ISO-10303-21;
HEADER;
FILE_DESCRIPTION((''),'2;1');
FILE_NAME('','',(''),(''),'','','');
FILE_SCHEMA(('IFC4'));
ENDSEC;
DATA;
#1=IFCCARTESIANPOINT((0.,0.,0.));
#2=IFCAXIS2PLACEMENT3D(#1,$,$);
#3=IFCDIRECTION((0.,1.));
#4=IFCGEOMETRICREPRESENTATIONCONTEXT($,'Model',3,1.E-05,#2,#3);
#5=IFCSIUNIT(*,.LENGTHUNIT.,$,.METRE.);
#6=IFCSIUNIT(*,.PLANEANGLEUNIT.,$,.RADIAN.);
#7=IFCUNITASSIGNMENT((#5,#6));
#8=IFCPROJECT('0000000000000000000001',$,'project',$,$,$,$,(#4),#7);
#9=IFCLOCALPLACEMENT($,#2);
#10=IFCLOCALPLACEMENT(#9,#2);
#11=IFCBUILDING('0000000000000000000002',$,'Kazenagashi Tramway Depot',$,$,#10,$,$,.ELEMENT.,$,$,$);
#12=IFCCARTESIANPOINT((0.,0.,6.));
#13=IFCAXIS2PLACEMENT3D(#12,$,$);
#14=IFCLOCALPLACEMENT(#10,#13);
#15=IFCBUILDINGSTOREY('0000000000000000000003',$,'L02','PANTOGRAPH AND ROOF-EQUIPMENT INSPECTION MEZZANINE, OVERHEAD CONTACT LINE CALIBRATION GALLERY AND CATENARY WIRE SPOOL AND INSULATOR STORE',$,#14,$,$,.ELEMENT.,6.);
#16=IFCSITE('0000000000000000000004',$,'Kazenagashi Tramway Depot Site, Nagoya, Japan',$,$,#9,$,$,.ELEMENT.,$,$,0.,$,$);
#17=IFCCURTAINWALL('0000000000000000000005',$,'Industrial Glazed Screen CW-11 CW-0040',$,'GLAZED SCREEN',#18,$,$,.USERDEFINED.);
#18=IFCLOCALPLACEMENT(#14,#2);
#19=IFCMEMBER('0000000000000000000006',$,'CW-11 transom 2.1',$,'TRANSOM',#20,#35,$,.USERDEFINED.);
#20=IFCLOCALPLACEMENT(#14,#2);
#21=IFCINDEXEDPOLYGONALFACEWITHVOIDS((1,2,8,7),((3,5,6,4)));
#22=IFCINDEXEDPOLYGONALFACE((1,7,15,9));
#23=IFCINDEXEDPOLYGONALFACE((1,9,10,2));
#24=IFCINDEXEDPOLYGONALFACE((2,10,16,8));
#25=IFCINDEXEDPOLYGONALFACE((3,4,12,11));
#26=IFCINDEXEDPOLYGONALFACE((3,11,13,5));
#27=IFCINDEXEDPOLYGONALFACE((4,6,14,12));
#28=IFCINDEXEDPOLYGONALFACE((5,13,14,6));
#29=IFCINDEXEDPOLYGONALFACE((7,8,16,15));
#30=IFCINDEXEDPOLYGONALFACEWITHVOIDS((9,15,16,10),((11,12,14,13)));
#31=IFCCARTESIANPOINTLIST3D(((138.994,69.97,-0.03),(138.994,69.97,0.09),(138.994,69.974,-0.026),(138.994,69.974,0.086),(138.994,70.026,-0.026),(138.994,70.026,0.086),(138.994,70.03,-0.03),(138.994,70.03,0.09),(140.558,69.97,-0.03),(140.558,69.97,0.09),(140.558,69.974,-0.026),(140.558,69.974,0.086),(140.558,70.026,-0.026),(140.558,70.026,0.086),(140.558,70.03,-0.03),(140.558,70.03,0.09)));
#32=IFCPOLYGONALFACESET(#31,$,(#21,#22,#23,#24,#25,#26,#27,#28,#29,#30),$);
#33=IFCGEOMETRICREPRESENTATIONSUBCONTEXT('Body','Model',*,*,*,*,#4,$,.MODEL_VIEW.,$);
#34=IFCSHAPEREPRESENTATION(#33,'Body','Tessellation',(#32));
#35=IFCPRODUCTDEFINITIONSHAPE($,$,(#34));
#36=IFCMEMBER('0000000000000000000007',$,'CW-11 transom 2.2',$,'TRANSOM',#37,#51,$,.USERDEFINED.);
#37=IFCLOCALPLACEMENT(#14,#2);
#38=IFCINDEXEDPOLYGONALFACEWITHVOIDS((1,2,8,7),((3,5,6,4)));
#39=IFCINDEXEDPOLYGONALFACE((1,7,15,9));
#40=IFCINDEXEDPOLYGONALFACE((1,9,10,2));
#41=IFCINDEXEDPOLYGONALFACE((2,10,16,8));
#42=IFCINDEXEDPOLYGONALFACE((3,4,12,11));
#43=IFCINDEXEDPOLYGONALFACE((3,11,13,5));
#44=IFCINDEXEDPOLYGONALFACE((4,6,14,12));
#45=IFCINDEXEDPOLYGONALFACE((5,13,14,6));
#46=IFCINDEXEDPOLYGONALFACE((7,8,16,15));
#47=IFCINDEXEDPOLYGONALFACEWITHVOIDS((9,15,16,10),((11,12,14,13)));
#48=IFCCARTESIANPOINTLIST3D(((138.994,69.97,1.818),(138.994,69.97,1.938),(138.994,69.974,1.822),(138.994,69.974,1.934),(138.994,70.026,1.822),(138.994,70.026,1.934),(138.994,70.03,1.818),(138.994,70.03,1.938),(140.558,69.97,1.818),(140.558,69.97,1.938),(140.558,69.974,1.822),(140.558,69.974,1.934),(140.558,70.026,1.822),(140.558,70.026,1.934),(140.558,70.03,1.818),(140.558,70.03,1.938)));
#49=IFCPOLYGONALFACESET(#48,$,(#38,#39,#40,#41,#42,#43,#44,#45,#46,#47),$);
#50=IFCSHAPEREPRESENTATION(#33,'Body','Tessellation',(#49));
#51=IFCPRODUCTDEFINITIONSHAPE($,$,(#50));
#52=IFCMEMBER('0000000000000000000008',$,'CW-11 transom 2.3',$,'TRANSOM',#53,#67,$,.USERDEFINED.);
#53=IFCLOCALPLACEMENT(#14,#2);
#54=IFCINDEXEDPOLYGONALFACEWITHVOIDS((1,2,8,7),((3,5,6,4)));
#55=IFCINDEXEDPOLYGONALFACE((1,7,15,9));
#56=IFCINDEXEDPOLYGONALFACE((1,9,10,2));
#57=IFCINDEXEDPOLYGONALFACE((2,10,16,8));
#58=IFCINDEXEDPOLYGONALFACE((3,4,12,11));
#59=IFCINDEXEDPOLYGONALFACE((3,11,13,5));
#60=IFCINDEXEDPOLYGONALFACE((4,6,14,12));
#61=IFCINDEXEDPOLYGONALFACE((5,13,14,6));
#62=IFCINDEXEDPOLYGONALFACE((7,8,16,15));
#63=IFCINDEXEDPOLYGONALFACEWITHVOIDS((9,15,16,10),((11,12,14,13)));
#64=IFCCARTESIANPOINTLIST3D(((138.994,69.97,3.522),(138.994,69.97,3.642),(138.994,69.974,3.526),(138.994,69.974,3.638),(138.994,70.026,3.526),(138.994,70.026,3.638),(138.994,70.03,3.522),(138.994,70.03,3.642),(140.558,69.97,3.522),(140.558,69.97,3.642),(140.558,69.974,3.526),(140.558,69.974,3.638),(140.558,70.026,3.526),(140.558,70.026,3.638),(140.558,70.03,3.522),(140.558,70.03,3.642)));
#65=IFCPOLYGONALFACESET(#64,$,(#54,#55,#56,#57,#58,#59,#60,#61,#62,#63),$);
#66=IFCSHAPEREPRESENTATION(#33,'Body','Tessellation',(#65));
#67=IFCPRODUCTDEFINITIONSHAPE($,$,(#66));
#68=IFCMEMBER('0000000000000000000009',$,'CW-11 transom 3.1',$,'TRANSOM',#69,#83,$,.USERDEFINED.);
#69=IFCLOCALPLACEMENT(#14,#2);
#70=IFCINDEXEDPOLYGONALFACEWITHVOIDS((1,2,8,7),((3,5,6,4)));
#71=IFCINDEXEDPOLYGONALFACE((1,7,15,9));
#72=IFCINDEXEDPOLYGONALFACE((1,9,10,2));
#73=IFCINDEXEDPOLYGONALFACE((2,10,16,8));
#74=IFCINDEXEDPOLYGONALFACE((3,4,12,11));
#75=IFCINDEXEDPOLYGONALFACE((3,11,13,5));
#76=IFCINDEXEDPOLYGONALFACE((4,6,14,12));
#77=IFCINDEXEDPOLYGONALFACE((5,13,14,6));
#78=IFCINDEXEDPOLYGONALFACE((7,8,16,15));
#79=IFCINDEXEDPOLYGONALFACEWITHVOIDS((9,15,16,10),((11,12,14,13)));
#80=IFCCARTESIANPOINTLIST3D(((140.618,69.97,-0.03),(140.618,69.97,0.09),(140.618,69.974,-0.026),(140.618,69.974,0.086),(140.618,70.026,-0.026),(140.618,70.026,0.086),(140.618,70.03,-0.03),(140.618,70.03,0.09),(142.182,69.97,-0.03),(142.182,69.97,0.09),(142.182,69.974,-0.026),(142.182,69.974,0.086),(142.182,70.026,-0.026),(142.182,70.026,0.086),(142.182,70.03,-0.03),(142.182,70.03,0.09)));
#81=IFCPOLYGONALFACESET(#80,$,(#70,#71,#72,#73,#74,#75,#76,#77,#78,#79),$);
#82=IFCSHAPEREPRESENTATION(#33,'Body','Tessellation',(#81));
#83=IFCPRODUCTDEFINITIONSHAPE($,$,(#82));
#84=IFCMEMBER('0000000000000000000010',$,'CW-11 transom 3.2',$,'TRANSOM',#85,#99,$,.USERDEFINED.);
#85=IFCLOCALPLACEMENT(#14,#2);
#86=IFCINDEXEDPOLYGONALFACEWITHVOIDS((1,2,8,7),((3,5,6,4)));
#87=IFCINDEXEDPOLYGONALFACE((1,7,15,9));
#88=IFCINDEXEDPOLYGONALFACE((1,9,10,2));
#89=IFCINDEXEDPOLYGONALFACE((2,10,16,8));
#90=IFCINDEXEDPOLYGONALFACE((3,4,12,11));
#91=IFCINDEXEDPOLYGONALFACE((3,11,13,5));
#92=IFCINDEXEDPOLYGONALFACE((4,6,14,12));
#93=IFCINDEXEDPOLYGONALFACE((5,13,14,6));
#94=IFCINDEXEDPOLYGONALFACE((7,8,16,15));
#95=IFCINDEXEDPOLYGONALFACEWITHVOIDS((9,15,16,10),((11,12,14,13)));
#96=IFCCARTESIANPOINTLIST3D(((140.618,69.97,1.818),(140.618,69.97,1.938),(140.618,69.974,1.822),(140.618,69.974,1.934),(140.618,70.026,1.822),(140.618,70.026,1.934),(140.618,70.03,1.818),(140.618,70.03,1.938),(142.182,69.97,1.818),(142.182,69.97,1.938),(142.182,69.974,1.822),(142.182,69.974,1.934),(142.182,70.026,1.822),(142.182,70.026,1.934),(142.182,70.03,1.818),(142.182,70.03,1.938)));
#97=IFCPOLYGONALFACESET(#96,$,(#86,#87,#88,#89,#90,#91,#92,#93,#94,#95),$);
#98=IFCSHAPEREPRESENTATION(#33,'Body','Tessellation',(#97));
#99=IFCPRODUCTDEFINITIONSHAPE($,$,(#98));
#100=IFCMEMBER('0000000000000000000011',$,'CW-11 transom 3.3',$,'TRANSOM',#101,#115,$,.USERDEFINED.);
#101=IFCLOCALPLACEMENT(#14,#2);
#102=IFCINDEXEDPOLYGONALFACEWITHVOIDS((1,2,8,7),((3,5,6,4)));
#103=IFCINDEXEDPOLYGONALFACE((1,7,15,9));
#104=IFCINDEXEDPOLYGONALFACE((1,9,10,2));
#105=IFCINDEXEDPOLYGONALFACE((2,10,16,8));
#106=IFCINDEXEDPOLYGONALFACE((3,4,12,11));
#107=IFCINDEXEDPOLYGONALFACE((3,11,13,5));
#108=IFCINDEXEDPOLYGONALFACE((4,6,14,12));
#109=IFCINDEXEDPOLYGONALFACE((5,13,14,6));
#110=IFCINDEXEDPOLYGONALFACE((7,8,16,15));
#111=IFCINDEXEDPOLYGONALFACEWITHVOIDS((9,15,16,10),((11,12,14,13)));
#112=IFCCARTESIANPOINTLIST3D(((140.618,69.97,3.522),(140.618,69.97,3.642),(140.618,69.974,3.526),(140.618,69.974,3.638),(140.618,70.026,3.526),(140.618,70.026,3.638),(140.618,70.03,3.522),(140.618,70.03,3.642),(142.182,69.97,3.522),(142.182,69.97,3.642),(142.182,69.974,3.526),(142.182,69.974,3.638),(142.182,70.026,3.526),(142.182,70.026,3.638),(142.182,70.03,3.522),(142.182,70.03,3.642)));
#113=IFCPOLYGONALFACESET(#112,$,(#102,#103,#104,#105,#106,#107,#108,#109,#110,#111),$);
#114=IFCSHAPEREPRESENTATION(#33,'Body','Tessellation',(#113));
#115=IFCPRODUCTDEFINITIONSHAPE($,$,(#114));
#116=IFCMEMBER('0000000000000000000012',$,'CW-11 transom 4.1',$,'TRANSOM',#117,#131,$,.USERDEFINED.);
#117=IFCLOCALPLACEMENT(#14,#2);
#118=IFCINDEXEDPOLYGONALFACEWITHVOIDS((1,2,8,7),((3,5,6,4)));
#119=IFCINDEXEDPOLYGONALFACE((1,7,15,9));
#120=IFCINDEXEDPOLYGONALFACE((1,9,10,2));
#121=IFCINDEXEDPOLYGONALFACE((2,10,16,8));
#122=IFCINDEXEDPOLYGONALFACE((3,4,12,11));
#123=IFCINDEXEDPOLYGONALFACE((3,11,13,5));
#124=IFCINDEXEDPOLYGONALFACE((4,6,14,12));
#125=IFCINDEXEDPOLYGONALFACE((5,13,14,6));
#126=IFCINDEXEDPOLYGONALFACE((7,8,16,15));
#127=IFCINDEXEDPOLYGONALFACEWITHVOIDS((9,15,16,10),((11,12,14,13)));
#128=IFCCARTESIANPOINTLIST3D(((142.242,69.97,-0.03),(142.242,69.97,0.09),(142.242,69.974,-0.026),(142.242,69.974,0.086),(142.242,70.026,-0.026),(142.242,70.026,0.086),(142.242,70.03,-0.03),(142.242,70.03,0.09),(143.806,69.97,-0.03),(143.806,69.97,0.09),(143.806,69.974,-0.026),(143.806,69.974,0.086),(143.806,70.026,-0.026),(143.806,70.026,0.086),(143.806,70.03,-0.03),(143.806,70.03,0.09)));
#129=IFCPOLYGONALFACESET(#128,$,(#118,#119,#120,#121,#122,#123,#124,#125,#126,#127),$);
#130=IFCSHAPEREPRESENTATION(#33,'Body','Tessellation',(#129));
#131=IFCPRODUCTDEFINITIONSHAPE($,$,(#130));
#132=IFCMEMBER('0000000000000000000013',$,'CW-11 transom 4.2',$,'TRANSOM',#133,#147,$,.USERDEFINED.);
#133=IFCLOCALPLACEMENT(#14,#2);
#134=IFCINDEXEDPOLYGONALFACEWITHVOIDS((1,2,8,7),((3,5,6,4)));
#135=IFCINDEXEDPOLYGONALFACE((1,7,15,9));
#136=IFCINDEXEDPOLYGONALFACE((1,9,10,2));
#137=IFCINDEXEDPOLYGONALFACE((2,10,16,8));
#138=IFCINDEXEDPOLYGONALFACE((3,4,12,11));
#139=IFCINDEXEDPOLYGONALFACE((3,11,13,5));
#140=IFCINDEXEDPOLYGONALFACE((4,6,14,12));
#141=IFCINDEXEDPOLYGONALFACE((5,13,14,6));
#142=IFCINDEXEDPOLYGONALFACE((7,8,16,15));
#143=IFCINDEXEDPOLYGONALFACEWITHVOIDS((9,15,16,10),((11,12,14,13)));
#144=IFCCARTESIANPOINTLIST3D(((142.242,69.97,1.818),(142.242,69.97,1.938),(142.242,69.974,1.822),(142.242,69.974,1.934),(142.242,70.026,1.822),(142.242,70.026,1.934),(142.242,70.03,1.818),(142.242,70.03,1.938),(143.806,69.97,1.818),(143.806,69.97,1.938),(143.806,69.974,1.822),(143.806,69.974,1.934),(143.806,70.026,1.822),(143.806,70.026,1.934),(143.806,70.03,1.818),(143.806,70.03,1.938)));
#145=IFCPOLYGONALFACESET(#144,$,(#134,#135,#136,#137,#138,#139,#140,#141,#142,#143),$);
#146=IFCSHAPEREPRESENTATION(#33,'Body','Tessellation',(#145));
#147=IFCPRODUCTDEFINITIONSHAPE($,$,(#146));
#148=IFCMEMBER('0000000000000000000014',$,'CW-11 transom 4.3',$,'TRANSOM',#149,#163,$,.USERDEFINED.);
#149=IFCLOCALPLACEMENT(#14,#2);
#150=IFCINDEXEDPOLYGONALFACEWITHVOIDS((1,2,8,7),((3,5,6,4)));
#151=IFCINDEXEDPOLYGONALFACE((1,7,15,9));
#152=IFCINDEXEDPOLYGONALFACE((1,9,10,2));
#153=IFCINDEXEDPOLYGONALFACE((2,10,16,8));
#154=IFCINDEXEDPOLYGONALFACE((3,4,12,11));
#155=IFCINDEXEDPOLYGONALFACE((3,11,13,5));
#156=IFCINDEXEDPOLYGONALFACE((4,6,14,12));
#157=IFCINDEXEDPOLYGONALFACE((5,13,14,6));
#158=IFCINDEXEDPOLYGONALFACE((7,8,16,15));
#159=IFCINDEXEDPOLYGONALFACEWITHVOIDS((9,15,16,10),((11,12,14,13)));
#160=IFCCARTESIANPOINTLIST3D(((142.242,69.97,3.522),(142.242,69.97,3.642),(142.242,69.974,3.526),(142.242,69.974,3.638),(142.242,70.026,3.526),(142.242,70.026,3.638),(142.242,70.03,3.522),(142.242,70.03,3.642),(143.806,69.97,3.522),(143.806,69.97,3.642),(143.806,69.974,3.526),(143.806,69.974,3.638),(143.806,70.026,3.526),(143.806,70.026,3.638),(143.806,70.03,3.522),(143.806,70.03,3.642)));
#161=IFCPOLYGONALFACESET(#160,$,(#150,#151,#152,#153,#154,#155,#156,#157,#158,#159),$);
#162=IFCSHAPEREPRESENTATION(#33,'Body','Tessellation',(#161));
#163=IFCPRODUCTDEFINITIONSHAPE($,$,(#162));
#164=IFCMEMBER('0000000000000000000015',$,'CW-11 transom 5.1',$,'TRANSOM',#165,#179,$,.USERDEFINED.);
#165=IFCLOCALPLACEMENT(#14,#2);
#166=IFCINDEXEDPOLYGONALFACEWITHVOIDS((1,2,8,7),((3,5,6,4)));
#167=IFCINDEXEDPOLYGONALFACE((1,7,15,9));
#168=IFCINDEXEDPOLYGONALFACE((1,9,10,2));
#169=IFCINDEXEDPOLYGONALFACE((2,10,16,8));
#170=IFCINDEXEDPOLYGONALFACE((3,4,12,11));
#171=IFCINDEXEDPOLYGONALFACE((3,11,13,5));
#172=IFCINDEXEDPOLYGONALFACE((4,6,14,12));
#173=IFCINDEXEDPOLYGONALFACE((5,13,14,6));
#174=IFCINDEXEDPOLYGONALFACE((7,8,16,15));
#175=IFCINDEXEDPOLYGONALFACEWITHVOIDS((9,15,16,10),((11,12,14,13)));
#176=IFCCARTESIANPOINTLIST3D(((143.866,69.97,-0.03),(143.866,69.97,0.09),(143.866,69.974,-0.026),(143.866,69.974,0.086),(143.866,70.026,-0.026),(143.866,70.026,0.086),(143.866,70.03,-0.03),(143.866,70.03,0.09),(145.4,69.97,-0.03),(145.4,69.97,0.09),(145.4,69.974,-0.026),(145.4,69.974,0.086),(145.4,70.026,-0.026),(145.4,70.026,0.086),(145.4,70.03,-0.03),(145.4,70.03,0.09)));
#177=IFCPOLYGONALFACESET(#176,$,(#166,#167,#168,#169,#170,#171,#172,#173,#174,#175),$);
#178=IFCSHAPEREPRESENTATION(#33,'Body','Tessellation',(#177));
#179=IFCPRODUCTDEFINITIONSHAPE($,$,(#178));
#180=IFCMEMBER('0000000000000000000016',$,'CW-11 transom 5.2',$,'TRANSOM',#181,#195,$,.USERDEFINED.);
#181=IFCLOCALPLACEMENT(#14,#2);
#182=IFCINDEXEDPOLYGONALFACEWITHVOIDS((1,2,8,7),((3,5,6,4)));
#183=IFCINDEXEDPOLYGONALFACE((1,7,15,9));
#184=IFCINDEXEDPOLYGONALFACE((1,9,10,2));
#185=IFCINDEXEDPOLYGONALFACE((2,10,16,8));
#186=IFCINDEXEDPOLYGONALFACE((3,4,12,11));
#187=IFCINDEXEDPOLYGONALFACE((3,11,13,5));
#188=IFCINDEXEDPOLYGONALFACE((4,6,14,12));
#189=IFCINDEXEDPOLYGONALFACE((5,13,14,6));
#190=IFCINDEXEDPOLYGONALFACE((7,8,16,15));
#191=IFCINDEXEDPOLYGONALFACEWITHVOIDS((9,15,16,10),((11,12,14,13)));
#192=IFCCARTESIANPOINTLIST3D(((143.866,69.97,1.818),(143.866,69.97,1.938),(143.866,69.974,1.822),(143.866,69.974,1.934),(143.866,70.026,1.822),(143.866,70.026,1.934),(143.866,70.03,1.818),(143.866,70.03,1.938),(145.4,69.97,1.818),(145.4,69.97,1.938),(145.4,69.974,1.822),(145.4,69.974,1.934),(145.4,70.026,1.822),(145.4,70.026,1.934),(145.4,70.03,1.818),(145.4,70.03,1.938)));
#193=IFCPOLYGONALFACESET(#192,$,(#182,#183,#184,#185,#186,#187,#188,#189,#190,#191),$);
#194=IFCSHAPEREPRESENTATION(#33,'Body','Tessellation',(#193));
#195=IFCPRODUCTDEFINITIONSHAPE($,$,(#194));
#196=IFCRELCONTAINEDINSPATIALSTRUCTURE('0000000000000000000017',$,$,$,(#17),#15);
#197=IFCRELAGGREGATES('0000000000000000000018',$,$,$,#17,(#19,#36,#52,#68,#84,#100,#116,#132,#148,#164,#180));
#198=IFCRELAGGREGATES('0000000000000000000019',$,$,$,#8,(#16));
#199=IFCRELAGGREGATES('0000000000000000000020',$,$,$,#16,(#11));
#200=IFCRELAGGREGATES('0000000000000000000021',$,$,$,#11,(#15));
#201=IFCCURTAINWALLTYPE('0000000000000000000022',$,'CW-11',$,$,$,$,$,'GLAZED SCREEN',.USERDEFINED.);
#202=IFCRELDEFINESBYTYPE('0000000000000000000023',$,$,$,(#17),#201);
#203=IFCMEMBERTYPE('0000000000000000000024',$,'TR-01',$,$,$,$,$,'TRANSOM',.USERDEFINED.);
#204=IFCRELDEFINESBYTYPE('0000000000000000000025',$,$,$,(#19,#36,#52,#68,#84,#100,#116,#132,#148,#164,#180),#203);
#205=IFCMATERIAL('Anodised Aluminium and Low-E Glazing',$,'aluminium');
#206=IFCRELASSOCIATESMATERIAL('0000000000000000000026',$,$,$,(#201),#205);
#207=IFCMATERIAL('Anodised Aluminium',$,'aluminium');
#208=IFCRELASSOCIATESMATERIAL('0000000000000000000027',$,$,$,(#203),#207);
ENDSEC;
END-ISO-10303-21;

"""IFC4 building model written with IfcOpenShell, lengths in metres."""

from ifc_helpers import new_model, si_unit, direction, frame, origin, origin_2d, place, context, subcontext, project, spatial, hollow_rectangle, extrude, material, material_profile, profile_set, type_object, element, aggregate, save


model = new_model("IFC4")

# Units and contexts
model_context = context("Model", 3, precision=1e-05, world=origin(), true_north=direction((0.0, 1.0)))
body_context = subcontext(model_context, "Body", "Model", "MODEL_VIEW")
ifc_project = project(units=[si_unit("LENGTHUNIT", "METRE"), si_unit("PLANEANGLEUNIT", "RADIAN")], contexts=[model_context])

# Site, building, storey
site_placement = place(None, origin())
site = spatial("IfcSite", under=ifc_project, at=site_placement, Name="Kazenagashi Tramway Depot Site, Nagoya, Japan", CompositionType="ELEMENT", RefElevation=0.0)
building_placement = place(site_placement, origin())
building = spatial("IfcBuilding", under=site, at=building_placement, Name="Kazenagashi Tramway Depot", CompositionType="ELEMENT")
storey_placement = place(building_placement, frame((0.0, 0.0, 6.0)))
storey = spatial("IfcBuildingStorey", under=building, at=storey_placement, Name="L02", Description="PANTOGRAPH AND ROOF-EQUIPMENT INSPECTION MEZZANINE, OVERHEAD CONTACT LINE CALIBRATION GALLERY AND CATENARY WIRE SPOOL AND INSULATOR STORE", CompositionType="ELEMENT", Elevation=6.0)

# Curtain wall
ifc_material_1 = material(Name="Anodised Aluminium and Low-E Glazing", Category="aluminium")
curtain_wall_type = type_object("IfcCurtainWallType", Name="CW-11", ElementType="GLAZED SCREEN", PredefinedType="USERDEFINED", material=ifc_material_1)
curtain_wall_1_placement = place(storey_placement, origin())
curtain_wall_1 = element("IfcCurtainWall", 1, at=curtain_wall_1_placement, inside=storey, type_object=curtain_wall_type, Name="Industrial Glazed Screen CW-11 CW-0040", ObjectType="GLAZED SCREEN", PredefinedType="USERDEFINED")
ifc_material_2 = material(Name="Anodised Aluminium", Category="aluminium")

# Members
ifc_material_profile_1 = material_profile(ifc_material_2, hollow_rectangle(XDim=0.06, YDim=0.12, WallThickness=0.004, at=origin_2d()), Name="RHS-120x60x4")
ifc_profile_set_1 = profile_set([ifc_material_profile_1], Name="Anodised Aluminium")
member_type_1 = type_object("IfcMemberType", Name="TR-01", ElementType="TRANSOM", PredefinedType="USERDEFINED", material=ifc_profile_set_1)
member_1_placement = place(storey_placement, frame((138.994, 70.0, 0.03), z_axis=(1.0, 0.0, 0.0), x_axis=(0.0, 1.0, 0.0)))
member_1 = element("IfcMember", 2, at=member_1_placement, type_object=member_type_1, Name="CW-11 transom 2.1", ObjectType="TRANSOM", PredefinedType="USERDEFINED", context=body_context, shape_type="SweptSolid", body=[
    extrude(hollow_rectangle(XDim=0.06, YDim=0.12, WallThickness=0.004, at=origin_2d()), origin(), (0.0, 0.0, 1.0), 1.564),
])
member_2_placement = place(storey_placement, frame((138.994, 70.0, 1.878), z_axis=(1.0, 0.0, 0.0), x_axis=(0.0, 1.0, 0.0)))
member_2 = element("IfcMember", 3, at=member_2_placement, type_object=member_type_1, Name="CW-11 transom 2.2", ObjectType="TRANSOM", PredefinedType="USERDEFINED", context=body_context, shape_type="SweptSolid", body=[
    extrude(hollow_rectangle(XDim=0.06, YDim=0.12, WallThickness=0.004, at=origin_2d()), origin(), (0.0, 0.0, 1.0), 1.564),
])
member_3_placement = place(storey_placement, frame((138.994, 70.0, 3.582), z_axis=(1.0, 0.0, 0.0), x_axis=(0.0, 1.0, 0.0)))
member_3 = element("IfcMember", 4, at=member_3_placement, type_object=member_type_1, Name="CW-11 transom 2.3", ObjectType="TRANSOM", PredefinedType="USERDEFINED", context=body_context, shape_type="SweptSolid", body=[
    extrude(hollow_rectangle(XDim=0.06, YDim=0.12, WallThickness=0.004, at=origin_2d()), origin(), (0.0, 0.0, 1.0), 1.564),
])
member_4_placement = place(storey_placement, frame((140.618, 70.0, 0.03), z_axis=(1.0, 0.0, 0.0), x_axis=(0.0, 1.0, 0.0)))
member_4 = element("IfcMember", 5, at=member_4_placement, type_object=member_type_1, Name="CW-11 transom 3.1", ObjectType="TRANSOM", PredefinedType="USERDEFINED", context=body_context, shape_type="SweptSolid", body=[
    extrude(hollow_rectangle(XDim=0.06, YDim=0.12, WallThickness=0.004, at=origin_2d()), origin(), (0.0, 0.0, 1.0), 1.564),
])
member_5_placement = place(storey_placement, frame((140.618, 70.0, 1.878), z_axis=(1.0, 0.0, 0.0), x_axis=(0.0, 1.0, 0.0)))
member_5 = element("IfcMember", 6, at=member_5_placement, type_object=member_type_1, Name="CW-11 transom 3.2", ObjectType="TRANSOM", PredefinedType="USERDEFINED", context=body_context, shape_type="SweptSolid", body=[
    extrude(hollow_rectangle(XDim=0.06, YDim=0.12, WallThickness=0.004, at=origin_2d()), origin(), (0.0, 0.0, 1.0), 1.564),
])
member_6_placement = place(storey_placement, frame((140.618, 70.0, 3.582), z_axis=(1.0, 0.0, 0.0), x_axis=(0.0, 1.0, 0.0)))
member_6 = element("IfcMember", 7, at=member_6_placement, type_object=member_type_1, Name="CW-11 transom 3.3", ObjectType="TRANSOM", PredefinedType="USERDEFINED", context=body_context, shape_type="SweptSolid", body=[
    extrude(hollow_rectangle(XDim=0.06, YDim=0.12, WallThickness=0.004, at=origin_2d()), origin(), (0.0, 0.0, 1.0), 1.564),
])
member_7_placement = place(storey_placement, frame((142.242, 70.0, 0.03), z_axis=(1.0, 0.0, 0.0), x_axis=(0.0, 1.0, 0.0)))
member_7 = element("IfcMember", 8, at=member_7_placement, type_object=member_type_1, Name="CW-11 transom 4.1", ObjectType="TRANSOM", PredefinedType="USERDEFINED", context=body_context, shape_type="SweptSolid", body=[
    extrude(hollow_rectangle(XDim=0.06, YDim=0.12, WallThickness=0.004, at=origin_2d()), origin(), (0.0, 0.0, 1.0), 1.564),
])
member_8_placement = place(storey_placement, frame((142.242, 70.0, 1.878), z_axis=(1.0, 0.0, 0.0), x_axis=(0.0, 1.0, 0.0)))
member_8 = element("IfcMember", 9, at=member_8_placement, type_object=member_type_1, Name="CW-11 transom 4.2", ObjectType="TRANSOM", PredefinedType="USERDEFINED", context=body_context, shape_type="SweptSolid", body=[
    extrude(hollow_rectangle(XDim=0.06, YDim=0.12, WallThickness=0.004, at=origin_2d()), origin(), (0.0, 0.0, 1.0), 1.564),
])
member_9_placement = place(storey_placement, frame((142.242, 70.0, 3.582), z_axis=(1.0, 0.0, 0.0), x_axis=(0.0, 1.0, 0.0)))
member_9 = element("IfcMember", 10, at=member_9_placement, type_object=member_type_1, Name="CW-11 transom 4.3", ObjectType="TRANSOM", PredefinedType="USERDEFINED", context=body_context, shape_type="SweptSolid", body=[
    extrude(hollow_rectangle(XDim=0.06, YDim=0.12, WallThickness=0.004, at=origin_2d()), origin(), (0.0, 0.0, 1.0), 1.564),
])
member_10_placement = place(storey_placement, frame((143.866, 70.0, 0.03), z_axis=(1.0, 0.0, 0.0), x_axis=(0.0, 1.0, 0.0)))
member_10 = element("IfcMember", 11, at=member_10_placement, type_object=member_type_1, Name="CW-11 transom 5.1", ObjectType="TRANSOM", PredefinedType="USERDEFINED", context=body_context, shape_type="SweptSolid", body=[
    extrude(hollow_rectangle(XDim=0.06, YDim=0.12, WallThickness=0.004, at=origin_2d()), origin(), (0.0, 0.0, 1.0), 1.534),
])
member_11_placement = place(storey_placement, frame((143.866, 70.0, 1.878), z_axis=(1.0, 0.0, 0.0), x_axis=(0.0, 1.0, 0.0)))
member_11 = element("IfcMember", 12, at=member_11_placement, type_object=member_type_1, Name="CW-11 transom 5.2", ObjectType="TRANSOM", PredefinedType="USERDEFINED", context=body_context, shape_type="SweptSolid", body=[
    extrude(hollow_rectangle(XDim=0.06, YDim=0.12, WallThickness=0.004, at=origin_2d()), origin(), (0.0, 0.0, 1.0), 1.534),
])

aggregate(curtain_wall_1, [member_1, member_2, member_3, member_4, member_5, member_6, member_7, member_8, member_9, member_10, member_11])

save(model, "model.ifc")
